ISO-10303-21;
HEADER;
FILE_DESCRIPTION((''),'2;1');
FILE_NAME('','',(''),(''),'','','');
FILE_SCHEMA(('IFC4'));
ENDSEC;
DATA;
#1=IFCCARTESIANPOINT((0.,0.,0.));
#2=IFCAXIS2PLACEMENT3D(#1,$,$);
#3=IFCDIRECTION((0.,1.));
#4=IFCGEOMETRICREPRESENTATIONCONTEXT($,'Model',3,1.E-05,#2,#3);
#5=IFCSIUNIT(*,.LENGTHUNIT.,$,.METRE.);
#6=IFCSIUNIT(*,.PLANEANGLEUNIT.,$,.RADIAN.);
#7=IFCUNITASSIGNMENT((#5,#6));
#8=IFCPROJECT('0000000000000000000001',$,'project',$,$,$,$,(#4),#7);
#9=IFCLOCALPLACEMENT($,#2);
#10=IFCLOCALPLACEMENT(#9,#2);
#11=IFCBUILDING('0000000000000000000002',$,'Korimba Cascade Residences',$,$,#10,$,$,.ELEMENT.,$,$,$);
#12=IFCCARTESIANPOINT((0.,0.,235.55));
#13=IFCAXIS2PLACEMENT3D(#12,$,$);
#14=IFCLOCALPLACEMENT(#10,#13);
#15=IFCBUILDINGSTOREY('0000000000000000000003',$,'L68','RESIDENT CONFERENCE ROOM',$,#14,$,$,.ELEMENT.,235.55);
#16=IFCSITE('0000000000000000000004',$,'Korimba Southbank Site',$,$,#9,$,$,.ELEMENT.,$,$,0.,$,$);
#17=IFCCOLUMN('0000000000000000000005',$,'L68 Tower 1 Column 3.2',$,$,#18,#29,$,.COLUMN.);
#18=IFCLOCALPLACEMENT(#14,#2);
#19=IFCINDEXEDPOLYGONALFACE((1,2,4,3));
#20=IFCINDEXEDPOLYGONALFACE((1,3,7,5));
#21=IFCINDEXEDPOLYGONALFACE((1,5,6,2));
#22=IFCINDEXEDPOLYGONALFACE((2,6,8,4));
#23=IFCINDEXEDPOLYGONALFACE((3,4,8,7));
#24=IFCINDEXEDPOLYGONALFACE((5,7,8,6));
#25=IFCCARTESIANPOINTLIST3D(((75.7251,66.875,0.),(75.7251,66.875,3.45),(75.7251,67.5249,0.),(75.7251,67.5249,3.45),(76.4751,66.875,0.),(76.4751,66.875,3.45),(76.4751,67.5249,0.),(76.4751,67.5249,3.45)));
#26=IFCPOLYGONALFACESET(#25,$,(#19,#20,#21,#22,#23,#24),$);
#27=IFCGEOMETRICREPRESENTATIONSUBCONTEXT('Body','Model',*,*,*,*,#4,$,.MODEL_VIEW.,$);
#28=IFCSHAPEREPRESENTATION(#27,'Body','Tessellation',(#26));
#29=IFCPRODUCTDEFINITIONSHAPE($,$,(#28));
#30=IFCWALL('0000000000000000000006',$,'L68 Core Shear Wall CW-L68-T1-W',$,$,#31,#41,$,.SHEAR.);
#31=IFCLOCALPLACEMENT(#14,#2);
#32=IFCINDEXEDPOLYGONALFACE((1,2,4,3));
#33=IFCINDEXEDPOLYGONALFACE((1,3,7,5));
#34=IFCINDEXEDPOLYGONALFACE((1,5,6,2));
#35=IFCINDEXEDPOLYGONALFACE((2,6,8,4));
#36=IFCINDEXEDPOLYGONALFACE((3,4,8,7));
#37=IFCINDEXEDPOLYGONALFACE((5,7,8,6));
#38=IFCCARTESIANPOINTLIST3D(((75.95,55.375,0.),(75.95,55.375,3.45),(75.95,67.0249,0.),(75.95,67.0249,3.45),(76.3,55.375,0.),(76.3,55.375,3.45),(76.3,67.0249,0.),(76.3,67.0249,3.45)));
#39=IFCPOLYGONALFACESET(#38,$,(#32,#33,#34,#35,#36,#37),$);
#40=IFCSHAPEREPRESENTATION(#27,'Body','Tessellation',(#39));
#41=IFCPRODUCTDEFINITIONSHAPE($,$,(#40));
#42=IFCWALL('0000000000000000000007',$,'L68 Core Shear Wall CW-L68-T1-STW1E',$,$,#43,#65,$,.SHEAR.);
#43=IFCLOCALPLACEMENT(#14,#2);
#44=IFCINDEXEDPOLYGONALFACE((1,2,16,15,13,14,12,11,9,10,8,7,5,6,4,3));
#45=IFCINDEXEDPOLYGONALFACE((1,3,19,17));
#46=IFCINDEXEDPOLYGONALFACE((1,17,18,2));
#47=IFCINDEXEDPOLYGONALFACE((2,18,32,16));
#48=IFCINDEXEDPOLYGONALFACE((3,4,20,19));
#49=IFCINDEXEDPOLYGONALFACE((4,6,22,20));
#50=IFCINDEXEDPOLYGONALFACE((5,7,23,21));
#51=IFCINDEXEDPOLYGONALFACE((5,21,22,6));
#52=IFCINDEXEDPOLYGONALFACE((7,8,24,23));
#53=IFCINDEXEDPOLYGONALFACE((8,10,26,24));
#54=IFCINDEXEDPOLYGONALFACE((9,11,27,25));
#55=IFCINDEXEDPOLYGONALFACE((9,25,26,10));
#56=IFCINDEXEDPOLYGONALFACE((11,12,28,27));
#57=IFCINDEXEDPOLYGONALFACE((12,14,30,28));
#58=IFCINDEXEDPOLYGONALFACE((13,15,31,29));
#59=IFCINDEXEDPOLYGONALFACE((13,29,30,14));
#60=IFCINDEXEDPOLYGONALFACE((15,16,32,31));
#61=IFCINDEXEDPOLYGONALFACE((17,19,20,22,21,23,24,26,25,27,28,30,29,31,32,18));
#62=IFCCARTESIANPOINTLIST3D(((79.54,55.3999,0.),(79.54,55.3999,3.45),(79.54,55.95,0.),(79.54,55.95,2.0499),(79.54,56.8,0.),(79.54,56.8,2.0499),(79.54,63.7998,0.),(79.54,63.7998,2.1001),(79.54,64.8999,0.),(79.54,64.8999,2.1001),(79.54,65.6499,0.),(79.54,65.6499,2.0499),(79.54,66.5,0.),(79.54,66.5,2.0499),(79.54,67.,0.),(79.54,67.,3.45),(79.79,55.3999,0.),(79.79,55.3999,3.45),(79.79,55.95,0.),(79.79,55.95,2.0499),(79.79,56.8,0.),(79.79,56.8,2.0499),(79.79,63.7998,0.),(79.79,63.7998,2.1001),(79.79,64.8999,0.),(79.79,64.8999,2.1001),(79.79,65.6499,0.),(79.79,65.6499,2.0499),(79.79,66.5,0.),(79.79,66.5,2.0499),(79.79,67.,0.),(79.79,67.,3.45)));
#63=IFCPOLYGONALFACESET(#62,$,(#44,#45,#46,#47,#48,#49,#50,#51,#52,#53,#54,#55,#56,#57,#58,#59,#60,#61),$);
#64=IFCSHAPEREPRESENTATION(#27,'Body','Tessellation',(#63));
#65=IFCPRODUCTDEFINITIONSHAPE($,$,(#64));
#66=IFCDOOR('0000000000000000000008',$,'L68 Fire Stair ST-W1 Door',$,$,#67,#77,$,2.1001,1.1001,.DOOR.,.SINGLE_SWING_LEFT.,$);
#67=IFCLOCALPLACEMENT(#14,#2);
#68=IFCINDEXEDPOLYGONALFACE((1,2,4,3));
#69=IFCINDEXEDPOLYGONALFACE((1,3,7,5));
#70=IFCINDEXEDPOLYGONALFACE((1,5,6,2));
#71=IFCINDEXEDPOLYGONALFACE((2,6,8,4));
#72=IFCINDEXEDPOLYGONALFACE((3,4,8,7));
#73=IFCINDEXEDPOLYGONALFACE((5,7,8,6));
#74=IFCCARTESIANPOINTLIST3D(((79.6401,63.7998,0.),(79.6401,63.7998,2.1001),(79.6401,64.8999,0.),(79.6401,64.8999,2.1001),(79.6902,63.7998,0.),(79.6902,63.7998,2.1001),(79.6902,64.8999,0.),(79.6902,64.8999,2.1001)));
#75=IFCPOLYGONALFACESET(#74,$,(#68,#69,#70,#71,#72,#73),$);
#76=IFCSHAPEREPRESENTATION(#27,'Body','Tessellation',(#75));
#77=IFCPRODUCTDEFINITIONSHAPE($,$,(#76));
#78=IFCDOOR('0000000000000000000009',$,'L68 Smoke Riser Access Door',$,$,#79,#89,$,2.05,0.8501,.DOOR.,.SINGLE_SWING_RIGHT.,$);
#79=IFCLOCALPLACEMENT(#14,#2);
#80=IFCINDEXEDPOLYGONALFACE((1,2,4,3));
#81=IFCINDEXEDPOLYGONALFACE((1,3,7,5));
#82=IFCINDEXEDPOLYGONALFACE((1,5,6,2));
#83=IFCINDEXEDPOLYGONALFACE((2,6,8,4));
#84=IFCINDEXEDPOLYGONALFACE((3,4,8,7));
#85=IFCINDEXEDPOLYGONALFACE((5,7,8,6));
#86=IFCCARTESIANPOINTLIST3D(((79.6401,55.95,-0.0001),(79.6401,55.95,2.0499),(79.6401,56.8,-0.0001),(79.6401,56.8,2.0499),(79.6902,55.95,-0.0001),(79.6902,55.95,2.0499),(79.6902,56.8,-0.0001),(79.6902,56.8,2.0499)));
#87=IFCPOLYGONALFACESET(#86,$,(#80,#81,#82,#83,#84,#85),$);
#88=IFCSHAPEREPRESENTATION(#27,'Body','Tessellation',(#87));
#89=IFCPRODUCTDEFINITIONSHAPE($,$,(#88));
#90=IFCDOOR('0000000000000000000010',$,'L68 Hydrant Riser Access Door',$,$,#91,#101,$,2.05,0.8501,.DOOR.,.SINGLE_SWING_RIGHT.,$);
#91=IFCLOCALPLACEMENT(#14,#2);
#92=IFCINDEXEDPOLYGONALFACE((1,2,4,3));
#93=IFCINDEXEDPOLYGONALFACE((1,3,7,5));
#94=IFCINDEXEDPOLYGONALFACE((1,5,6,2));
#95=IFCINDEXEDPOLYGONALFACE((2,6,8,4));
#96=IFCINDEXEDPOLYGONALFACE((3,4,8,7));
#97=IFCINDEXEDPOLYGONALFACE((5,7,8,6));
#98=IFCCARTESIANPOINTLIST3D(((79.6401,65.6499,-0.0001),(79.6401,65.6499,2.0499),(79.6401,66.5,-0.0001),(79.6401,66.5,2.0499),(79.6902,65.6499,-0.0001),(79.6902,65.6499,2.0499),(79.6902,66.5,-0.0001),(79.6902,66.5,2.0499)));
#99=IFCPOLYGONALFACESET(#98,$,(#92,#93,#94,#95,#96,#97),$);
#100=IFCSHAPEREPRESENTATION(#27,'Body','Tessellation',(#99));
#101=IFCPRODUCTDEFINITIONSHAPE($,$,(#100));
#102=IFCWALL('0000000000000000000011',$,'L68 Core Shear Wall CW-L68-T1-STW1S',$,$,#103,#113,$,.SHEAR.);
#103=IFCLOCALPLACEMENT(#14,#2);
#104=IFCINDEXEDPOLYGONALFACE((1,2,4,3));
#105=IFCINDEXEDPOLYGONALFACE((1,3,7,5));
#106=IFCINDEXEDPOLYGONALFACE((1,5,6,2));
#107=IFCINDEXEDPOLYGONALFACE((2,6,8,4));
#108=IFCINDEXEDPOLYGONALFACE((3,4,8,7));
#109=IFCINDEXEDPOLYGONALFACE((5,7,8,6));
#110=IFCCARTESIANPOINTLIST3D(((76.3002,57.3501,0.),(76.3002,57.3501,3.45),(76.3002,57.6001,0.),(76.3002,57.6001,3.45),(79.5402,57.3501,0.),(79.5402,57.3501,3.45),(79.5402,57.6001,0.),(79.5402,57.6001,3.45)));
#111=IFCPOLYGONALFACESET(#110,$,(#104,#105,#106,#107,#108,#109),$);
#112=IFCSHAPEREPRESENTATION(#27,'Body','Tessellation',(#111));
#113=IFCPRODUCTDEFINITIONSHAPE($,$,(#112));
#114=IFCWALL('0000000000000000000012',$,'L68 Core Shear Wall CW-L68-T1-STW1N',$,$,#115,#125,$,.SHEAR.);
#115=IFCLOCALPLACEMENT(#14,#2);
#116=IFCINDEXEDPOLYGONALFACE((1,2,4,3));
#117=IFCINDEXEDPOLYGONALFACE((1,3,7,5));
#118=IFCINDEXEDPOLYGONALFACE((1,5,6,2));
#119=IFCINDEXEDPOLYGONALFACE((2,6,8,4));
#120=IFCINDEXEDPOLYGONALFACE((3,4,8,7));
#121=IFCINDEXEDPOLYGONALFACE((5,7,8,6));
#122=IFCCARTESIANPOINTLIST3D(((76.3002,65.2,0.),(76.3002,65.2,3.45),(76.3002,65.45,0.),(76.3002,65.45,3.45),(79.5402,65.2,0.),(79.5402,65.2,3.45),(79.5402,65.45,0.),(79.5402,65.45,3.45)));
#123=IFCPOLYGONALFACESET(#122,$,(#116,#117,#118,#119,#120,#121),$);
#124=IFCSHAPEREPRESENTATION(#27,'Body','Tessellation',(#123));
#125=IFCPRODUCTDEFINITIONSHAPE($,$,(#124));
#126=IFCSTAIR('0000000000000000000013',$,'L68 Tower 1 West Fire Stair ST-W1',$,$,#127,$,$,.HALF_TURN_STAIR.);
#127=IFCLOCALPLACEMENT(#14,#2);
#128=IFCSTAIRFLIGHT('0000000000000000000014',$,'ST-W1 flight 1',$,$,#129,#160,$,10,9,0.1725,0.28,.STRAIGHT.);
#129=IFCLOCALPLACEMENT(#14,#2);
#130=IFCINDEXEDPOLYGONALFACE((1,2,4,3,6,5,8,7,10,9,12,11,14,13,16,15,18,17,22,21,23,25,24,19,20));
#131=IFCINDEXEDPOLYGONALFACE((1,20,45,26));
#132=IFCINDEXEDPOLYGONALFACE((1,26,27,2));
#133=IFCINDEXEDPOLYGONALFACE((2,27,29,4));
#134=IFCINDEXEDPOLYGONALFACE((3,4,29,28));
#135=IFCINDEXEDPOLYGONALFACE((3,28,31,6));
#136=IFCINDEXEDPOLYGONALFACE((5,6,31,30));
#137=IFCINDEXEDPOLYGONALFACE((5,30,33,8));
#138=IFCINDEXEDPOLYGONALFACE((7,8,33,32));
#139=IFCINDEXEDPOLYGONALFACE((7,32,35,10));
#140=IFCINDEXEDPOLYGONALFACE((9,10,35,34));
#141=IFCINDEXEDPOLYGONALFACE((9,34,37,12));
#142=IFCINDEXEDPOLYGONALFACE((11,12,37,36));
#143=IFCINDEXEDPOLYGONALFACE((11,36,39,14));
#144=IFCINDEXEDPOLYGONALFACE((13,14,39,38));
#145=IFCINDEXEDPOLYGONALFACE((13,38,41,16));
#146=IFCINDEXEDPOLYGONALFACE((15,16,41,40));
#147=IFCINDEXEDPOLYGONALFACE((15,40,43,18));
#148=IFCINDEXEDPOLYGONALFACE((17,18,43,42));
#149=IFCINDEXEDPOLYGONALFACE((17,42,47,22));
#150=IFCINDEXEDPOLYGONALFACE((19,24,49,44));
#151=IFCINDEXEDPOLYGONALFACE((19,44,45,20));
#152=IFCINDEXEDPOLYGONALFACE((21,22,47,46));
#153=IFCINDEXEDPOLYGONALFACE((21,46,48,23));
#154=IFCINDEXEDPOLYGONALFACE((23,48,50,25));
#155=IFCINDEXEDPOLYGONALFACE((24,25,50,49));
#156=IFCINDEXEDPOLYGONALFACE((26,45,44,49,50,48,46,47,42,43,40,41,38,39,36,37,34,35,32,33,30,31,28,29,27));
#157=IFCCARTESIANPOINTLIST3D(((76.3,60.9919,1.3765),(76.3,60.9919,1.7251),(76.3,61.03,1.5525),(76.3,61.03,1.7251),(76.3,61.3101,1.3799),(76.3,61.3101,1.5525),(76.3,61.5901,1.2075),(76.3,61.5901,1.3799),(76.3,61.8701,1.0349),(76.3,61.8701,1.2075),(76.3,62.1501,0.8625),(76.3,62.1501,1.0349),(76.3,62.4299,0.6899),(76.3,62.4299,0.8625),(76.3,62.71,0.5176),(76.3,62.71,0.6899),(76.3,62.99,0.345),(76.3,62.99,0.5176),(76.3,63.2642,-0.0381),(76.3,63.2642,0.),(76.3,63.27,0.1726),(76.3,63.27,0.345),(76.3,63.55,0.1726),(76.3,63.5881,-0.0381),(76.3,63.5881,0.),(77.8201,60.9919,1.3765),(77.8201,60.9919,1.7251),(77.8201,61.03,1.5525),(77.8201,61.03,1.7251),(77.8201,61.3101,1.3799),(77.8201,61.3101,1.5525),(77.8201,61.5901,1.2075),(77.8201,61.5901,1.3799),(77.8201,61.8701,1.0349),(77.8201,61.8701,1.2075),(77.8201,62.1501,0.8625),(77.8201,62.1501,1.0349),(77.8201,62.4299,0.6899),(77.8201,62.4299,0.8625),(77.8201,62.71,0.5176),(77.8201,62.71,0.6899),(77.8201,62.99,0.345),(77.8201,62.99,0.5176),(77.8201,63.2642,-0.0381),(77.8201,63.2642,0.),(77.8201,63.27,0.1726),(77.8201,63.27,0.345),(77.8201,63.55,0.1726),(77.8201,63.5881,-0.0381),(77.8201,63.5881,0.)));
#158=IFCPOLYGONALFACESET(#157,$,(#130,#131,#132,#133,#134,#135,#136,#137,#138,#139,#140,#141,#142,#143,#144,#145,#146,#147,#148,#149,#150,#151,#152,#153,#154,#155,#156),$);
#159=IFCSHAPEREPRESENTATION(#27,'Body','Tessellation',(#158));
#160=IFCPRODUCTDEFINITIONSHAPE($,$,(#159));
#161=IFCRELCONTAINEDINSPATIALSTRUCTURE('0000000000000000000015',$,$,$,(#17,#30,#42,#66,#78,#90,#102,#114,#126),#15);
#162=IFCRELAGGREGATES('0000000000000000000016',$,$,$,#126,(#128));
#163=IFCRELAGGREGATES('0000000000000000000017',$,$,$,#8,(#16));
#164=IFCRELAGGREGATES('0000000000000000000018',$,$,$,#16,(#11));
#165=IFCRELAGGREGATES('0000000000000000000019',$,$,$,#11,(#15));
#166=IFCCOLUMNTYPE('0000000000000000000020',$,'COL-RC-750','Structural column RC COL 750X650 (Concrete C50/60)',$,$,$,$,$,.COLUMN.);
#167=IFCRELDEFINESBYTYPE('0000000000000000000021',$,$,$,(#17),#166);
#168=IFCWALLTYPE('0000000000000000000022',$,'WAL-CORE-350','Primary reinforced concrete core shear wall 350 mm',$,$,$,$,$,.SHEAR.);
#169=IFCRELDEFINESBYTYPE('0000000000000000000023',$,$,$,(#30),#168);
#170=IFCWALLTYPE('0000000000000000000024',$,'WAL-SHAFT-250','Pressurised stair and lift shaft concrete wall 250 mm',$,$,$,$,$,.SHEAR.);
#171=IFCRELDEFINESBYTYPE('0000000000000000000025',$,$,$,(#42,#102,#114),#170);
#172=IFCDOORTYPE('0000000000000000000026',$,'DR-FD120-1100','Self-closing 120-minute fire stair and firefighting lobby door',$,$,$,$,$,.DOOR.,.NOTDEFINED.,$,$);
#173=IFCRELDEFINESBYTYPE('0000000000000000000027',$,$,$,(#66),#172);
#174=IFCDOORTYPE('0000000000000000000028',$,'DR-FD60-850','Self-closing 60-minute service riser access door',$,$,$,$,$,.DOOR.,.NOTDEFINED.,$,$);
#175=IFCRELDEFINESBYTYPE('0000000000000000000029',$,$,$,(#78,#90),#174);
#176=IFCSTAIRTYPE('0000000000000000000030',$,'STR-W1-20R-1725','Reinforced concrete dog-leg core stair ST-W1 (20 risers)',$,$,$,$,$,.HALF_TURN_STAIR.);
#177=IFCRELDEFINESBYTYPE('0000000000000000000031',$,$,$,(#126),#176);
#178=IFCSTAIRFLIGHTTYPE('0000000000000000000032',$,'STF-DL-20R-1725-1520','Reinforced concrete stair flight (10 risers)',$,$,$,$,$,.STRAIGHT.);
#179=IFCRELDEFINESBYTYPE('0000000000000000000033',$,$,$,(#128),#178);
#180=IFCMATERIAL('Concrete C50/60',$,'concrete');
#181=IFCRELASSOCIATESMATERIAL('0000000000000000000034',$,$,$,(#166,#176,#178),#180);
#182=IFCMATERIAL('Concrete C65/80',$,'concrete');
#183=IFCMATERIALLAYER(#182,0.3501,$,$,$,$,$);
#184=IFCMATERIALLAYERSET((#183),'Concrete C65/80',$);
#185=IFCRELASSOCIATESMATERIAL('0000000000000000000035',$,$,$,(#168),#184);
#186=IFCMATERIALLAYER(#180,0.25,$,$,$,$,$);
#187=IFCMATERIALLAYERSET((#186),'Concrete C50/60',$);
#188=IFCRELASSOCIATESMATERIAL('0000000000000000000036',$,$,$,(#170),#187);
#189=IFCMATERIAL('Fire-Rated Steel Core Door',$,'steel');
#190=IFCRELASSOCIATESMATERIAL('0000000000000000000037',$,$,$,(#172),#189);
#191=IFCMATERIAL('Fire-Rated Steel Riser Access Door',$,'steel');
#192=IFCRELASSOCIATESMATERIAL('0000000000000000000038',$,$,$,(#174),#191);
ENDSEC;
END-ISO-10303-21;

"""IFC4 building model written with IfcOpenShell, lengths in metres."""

from ifc_helpers import new_model, si_unit, direction, frame, frame_2d, origin, origin_2d, place, context, subcontext, project, spatial, polyline, rectangle, outline, extrude, material, layer, layer_set, material_profile, profile_set, type_object, element, fill, aggregate, save


model = new_model("IFC4")

# Units and contexts
model_context = context("Model", 3, precision=1e-05, world=origin(), true_north=direction((0.0, 1.0)))
body_context = subcontext(model_context, "Body", "Model", "MODEL_VIEW")
ifc_project = project(units=[si_unit("LENGTHUNIT", "METRE"), si_unit("PLANEANGLEUNIT", "RADIAN")], contexts=[model_context])

# Site, building, storey
site_placement = place(None, origin())
site = spatial("IfcSite", under=ifc_project, at=site_placement, Name="Korimba Southbank Site", CompositionType="ELEMENT", RefElevation=0.0)
building_placement = place(site_placement, origin())
building = spatial("IfcBuilding", under=site, at=building_placement, Name="Korimba Cascade Residences", CompositionType="ELEMENT")
storey_placement = place(building_placement, frame((0.0, 0.0, 235.55)))
storey = spatial("IfcBuildingStorey", under=building, at=storey_placement, Name="L68", Description="RESIDENT CONFERENCE ROOM", CompositionType="ELEMENT", Elevation=235.55)

# Column
ifc_material_1 = material(Name="Concrete C50/60", Category="concrete")
ifc_material_profile = material_profile(ifc_material_1, rectangle(XDim=0.75, YDim=0.6499, at=origin_2d()), Name="Concrete C50/60")
ifc_profile_set = profile_set([ifc_material_profile], Name="Concrete C50/60")
column_type = type_object("IfcColumnType", Name="COL-RC-750", Description="Structural column RC COL 750X650 (Concrete C50/60)", PredefinedType="COLUMN", material=ifc_profile_set)
column_placement = place(storey_placement, frame((76.1001, 67.2, 0.0), z_axis=(0.0, 0.0, 1.0), x_axis=(1.0, 0.0, 0.0)))
element("IfcColumn", 1, at=column_placement, inside=storey, type_object=column_type, Name="L68 Tower 1 Column 3.2", PredefinedType="COLUMN", context=body_context, shape_type="SweptSolid", body=[
    extrude(rectangle(XDim=0.75, YDim=0.6499, at=origin_2d()), origin(), (0.0, 0.0, 1.0), 3.45),
])

# Wall
ifc_material_2 = material(Name="Concrete C65/80", Category="concrete")
ifc_layer_1 = layer(ifc_material_2, 0.3501)
ifc_layer_set_1 = layer_set([ifc_layer_1], Name="Concrete C65/80")
wall_type_1 = type_object("IfcWallType", Name="WAL-CORE-350", Description="Primary reinforced concrete core shear wall 350 mm", PredefinedType="SHEAR", material=ifc_layer_set_1)
wall_1_placement = place(storey_placement, frame((76.125, 55.375, 0.0), z_axis=(0.0, 0.0, 1.0), x_axis=(0.0, 1.0, 0.0)))
element("IfcWall", 2, at=wall_1_placement, inside=storey, type_object=wall_type_1, Name="L68 Core Shear Wall CW-L68-T1-W", PredefinedType="SHEAR", context=body_context, shape_type="SweptSolid", body=[
    extrude(rectangle(XDim=11.6499, YDim=0.3501, at=frame_2d((5.825, 0.0))), origin(), (0.0, 0.0, 1.0), 3.45),
])

# Wall, openings, doors
ifc_layer_2 = layer(ifc_material_1, 0.25)
ifc_layer_set_2 = layer_set([ifc_layer_2], Name="Concrete C50/60")
wall_type_2 = type_object("IfcWallType", Name="WAL-SHAFT-250", Description="Pressurised stair and lift shaft concrete wall 250 mm", PredefinedType="SHEAR", material=ifc_layer_set_2)
wall_2_placement = place(storey_placement, frame((79.665, 55.3999, 0.0), z_axis=(0.0, 0.0, 1.0), x_axis=(0.0, 1.0, 0.0)))
wall_2 = element("IfcWall", 3, at=wall_2_placement, inside=storey, type_object=wall_type_2, Name="L68 Core Shear Wall CW-L68-T1-STW1E", PredefinedType="SHEAR", context=body_context, shape_type="SweptSolid", body=[
    extrude(rectangle(XDim=11.6001, YDim=0.25, at=frame_2d((5.8, 0.0))), origin(), (0.0, 0.0, 1.0), 3.45),
])
opening_1_placement = place(wall_2_placement, frame((0.55, 0.0, 0.0)))
opening_1 = element("IfcOpeningElement", 4, at=opening_1_placement, cuts=wall_2, PredefinedType="OPENING", context=body_context, shape_type="SweptSolid", body=[
    extrude(rectangle(XDim=0.8501, YDim=2.05, at=frame_2d((0.425, 1.0249))), frame((0.0, 0.135, 0.0), z_axis=(0.0, -1.0, 0.0), x_axis=(1.0, 0.0, 0.0)), (0.0, 0.0, 1.0), 0.27),
])
opening_2_placement = place(wall_2_placement, frame((8.3999, 0.0, 0.0)))
opening_2 = element("IfcOpeningElement", 5, at=opening_2_placement, cuts=wall_2, PredefinedType="OPENING", context=body_context, shape_type="SweptSolid", body=[
    extrude(rectangle(XDim=1.1001, YDim=2.1001, at=frame_2d((0.55, 1.05))), frame((0.0, 0.135, 0.0), z_axis=(0.0, -1.0, 0.0), x_axis=(1.0, 0.0, 0.0)), (0.0, 0.0, 1.0), 0.27),
])
opening_3_placement = place(wall_2_placement, frame((10.25, 0.0, 0.0)))
opening_3 = element("IfcOpeningElement", 6, at=opening_3_placement, cuts=wall_2, PredefinedType="OPENING", context=body_context, shape_type="SweptSolid", body=[
    extrude(rectangle(XDim=0.8501, YDim=2.05, at=frame_2d((0.425, 1.0249))), frame((0.0, 0.135, 0.0), z_axis=(0.0, -1.0, 0.0), x_axis=(1.0, 0.0, 0.0)), (0.0, 0.0, 1.0), 0.27),
])
ifc_material_3 = material(Name="Fire-Rated Steel Core Door", Category="steel")
door_type_1 = type_object("IfcDoorType", Name="DR-FD120-1100", Description="Self-closing 120-minute fire stair and firefighting lobby door", OperationType="NOTDEFINED", PredefinedType="DOOR", material=ifc_material_3)
door_1_placement = place(opening_2_placement, origin())
door_1 = element("IfcDoor", 7, at=door_1_placement, inside=storey, type_object=door_type_1, Name="L68 Fire Stair ST-W1 Door", OperationType="SINGLE_SWING_LEFT", OverallHeight=2.1001, OverallWidth=1.1001, PredefinedType="DOOR", context=body_context, shape_type="SweptSolid", body=[
    extrude(rectangle(XDim=1.1001, YDim=2.1001, at=frame_2d((0.55, 1.05))), frame((0.0, 0.0249, 0.0), z_axis=(0.0, -1.0, 0.0), x_axis=(1.0, 0.0, 0.0)), (0.0, 0.0, 1.0), 0.05),
])
fill(opening_2, door_1)
ifc_material_4 = material(Name="Fire-Rated Steel Riser Access Door", Category="steel")
door_type_2 = type_object("IfcDoorType", Name="DR-FD60-850", Description="Self-closing 60-minute service riser access door", OperationType="NOTDEFINED", PredefinedType="DOOR", material=ifc_material_4)
door_2_placement = place(opening_1_placement, origin())
door_2 = element("IfcDoor", 8, at=door_2_placement, inside=storey, type_object=door_type_2, Name="L68 Smoke Riser Access Door", OperationType="SINGLE_SWING_RIGHT", OverallHeight=2.05, OverallWidth=0.8501, PredefinedType="DOOR", context=body_context, shape_type="SweptSolid", body=[
    extrude(rectangle(XDim=0.8501, YDim=2.05, at=frame_2d((0.425, 1.0249))), frame((0.0, 0.0249, 0.0), z_axis=(0.0, -1.0, 0.0), x_axis=(1.0, 0.0, 0.0)), (0.0, 0.0, 1.0), 0.05),
])
fill(opening_1, door_2)
door_3_placement = place(opening_3_placement, origin())
door_3 = element("IfcDoor", 9, at=door_3_placement, inside=storey, type_object=door_type_2, Name="L68 Hydrant Riser Access Door", OperationType="SINGLE_SWING_RIGHT", OverallHeight=2.05, OverallWidth=0.8501, PredefinedType="DOOR", context=body_context, shape_type="SweptSolid", body=[
    extrude(rectangle(XDim=0.8501, YDim=2.05, at=frame_2d((0.425, 1.0249))), frame((0.0, 0.0249, 0.0), z_axis=(0.0, -1.0, 0.0), x_axis=(1.0, 0.0, 0.0)), (0.0, 0.0, 1.0), 0.05),
])
fill(opening_3, door_3)

# Walls
for number, where, z_axis, x_axis, name in (
    (10, (76.3, 57.4751, 0.0), (0.0, 0.0, 1.0), (1.0, 0.0, 0.0), "L68 Core Shear Wall CW-L68-T1-STW1S"),
    (11, (76.3, 65.325, 0.0), (0.0, 0.0, 1.0), (1.0, 0.0, 0.0), "L68 Core Shear Wall CW-L68-T1-STW1N"),
):
    element("IfcWall", number, at=place(storey_placement, frame(where, z_axis=z_axis, x_axis=x_axis)), inside=storey, type_object=wall_type_2, Name=name, PredefinedType="SHEAR", context=body_context, shape_type="SweptSolid", body=[
        extrude(rectangle(XDim=3.24, YDim=0.25, at=frame_2d((1.6201, 0.0))), origin(), (0.0, 0.0, 1.0), 3.45),
    ])

# Stair, stair flight
stair_type = type_object("IfcStairType", Name="STR-W1-20R-1725", Description="Reinforced concrete dog-leg core stair ST-W1 (20 risers)", PredefinedType="HALF_TURN_STAIR", material=ifc_material_1)
stair_placement = place(storey_placement, origin())
stair = element("IfcStair", 12, at=stair_placement, inside=storey, type_object=stair_type, Name="L68 Tower 1 West Fire Stair ST-W1", PredefinedType="HALF_TURN_STAIR")
stair_flight_type = type_object("IfcStairFlightType", Name="STF-DL-20R-1725-1520", Description="Reinforced concrete stair flight (10 risers)", PredefinedType="STRAIGHT", material=ifc_material_1)
stair_flight_1_placement = place(storey_placement, frame((77.0601, 63.55, 0.0), z_axis=(0.0, 0.0, 1.0), x_axis=(0.0, -1.0, 0.0)))
stair_flight_1 = element("IfcStairFlight", 13, at=stair_flight_1_placement, type_object=stair_flight_type, Name="ST-W1 flight 1", NumberOfRisers=10, NumberOfTreads=9, PredefinedType="STRAIGHT", RiserHeight=0.1725, TreadLength=0.28, context=body_context, shape_type="SweptSolid", body=[
    extrude(outline(polyline([(-0.0381, 0.0), (0.0, 0.1726), (0.28, 0.1726), (0.28, 0.345), (0.5601, 0.345), (0.5601, 0.5176), (0.8401, 0.5176), (0.8401, 0.6899), (1.1201, 0.6899), (1.1201, 0.8625), (1.3999, 0.8625), (1.3999, 1.0349), (1.6799, 1.0349), (1.6799, 1.2075), (1.96, 1.2075), (1.96, 1.3799), (2.24, 1.3799), (2.24, 1.5525), (2.52, 1.5525), (2.52, 1.7251), (2.5581, 1.7251), (2.5581, 1.3765), (0.2859, 0.0), (0.2859, -0.0381), (-0.0381, -0.0381), (-0.0381, 0.0)])), frame((0.0, 0.76, 0.0), z_axis=(0.0, -1.0, 0.0), x_axis=(1.0, 0.0, 0.0)), (0.0, 0.0, 1.0), 1.52),
])
aggregate(stair, [stair_flight_1])

save(model, "model.ifc")
